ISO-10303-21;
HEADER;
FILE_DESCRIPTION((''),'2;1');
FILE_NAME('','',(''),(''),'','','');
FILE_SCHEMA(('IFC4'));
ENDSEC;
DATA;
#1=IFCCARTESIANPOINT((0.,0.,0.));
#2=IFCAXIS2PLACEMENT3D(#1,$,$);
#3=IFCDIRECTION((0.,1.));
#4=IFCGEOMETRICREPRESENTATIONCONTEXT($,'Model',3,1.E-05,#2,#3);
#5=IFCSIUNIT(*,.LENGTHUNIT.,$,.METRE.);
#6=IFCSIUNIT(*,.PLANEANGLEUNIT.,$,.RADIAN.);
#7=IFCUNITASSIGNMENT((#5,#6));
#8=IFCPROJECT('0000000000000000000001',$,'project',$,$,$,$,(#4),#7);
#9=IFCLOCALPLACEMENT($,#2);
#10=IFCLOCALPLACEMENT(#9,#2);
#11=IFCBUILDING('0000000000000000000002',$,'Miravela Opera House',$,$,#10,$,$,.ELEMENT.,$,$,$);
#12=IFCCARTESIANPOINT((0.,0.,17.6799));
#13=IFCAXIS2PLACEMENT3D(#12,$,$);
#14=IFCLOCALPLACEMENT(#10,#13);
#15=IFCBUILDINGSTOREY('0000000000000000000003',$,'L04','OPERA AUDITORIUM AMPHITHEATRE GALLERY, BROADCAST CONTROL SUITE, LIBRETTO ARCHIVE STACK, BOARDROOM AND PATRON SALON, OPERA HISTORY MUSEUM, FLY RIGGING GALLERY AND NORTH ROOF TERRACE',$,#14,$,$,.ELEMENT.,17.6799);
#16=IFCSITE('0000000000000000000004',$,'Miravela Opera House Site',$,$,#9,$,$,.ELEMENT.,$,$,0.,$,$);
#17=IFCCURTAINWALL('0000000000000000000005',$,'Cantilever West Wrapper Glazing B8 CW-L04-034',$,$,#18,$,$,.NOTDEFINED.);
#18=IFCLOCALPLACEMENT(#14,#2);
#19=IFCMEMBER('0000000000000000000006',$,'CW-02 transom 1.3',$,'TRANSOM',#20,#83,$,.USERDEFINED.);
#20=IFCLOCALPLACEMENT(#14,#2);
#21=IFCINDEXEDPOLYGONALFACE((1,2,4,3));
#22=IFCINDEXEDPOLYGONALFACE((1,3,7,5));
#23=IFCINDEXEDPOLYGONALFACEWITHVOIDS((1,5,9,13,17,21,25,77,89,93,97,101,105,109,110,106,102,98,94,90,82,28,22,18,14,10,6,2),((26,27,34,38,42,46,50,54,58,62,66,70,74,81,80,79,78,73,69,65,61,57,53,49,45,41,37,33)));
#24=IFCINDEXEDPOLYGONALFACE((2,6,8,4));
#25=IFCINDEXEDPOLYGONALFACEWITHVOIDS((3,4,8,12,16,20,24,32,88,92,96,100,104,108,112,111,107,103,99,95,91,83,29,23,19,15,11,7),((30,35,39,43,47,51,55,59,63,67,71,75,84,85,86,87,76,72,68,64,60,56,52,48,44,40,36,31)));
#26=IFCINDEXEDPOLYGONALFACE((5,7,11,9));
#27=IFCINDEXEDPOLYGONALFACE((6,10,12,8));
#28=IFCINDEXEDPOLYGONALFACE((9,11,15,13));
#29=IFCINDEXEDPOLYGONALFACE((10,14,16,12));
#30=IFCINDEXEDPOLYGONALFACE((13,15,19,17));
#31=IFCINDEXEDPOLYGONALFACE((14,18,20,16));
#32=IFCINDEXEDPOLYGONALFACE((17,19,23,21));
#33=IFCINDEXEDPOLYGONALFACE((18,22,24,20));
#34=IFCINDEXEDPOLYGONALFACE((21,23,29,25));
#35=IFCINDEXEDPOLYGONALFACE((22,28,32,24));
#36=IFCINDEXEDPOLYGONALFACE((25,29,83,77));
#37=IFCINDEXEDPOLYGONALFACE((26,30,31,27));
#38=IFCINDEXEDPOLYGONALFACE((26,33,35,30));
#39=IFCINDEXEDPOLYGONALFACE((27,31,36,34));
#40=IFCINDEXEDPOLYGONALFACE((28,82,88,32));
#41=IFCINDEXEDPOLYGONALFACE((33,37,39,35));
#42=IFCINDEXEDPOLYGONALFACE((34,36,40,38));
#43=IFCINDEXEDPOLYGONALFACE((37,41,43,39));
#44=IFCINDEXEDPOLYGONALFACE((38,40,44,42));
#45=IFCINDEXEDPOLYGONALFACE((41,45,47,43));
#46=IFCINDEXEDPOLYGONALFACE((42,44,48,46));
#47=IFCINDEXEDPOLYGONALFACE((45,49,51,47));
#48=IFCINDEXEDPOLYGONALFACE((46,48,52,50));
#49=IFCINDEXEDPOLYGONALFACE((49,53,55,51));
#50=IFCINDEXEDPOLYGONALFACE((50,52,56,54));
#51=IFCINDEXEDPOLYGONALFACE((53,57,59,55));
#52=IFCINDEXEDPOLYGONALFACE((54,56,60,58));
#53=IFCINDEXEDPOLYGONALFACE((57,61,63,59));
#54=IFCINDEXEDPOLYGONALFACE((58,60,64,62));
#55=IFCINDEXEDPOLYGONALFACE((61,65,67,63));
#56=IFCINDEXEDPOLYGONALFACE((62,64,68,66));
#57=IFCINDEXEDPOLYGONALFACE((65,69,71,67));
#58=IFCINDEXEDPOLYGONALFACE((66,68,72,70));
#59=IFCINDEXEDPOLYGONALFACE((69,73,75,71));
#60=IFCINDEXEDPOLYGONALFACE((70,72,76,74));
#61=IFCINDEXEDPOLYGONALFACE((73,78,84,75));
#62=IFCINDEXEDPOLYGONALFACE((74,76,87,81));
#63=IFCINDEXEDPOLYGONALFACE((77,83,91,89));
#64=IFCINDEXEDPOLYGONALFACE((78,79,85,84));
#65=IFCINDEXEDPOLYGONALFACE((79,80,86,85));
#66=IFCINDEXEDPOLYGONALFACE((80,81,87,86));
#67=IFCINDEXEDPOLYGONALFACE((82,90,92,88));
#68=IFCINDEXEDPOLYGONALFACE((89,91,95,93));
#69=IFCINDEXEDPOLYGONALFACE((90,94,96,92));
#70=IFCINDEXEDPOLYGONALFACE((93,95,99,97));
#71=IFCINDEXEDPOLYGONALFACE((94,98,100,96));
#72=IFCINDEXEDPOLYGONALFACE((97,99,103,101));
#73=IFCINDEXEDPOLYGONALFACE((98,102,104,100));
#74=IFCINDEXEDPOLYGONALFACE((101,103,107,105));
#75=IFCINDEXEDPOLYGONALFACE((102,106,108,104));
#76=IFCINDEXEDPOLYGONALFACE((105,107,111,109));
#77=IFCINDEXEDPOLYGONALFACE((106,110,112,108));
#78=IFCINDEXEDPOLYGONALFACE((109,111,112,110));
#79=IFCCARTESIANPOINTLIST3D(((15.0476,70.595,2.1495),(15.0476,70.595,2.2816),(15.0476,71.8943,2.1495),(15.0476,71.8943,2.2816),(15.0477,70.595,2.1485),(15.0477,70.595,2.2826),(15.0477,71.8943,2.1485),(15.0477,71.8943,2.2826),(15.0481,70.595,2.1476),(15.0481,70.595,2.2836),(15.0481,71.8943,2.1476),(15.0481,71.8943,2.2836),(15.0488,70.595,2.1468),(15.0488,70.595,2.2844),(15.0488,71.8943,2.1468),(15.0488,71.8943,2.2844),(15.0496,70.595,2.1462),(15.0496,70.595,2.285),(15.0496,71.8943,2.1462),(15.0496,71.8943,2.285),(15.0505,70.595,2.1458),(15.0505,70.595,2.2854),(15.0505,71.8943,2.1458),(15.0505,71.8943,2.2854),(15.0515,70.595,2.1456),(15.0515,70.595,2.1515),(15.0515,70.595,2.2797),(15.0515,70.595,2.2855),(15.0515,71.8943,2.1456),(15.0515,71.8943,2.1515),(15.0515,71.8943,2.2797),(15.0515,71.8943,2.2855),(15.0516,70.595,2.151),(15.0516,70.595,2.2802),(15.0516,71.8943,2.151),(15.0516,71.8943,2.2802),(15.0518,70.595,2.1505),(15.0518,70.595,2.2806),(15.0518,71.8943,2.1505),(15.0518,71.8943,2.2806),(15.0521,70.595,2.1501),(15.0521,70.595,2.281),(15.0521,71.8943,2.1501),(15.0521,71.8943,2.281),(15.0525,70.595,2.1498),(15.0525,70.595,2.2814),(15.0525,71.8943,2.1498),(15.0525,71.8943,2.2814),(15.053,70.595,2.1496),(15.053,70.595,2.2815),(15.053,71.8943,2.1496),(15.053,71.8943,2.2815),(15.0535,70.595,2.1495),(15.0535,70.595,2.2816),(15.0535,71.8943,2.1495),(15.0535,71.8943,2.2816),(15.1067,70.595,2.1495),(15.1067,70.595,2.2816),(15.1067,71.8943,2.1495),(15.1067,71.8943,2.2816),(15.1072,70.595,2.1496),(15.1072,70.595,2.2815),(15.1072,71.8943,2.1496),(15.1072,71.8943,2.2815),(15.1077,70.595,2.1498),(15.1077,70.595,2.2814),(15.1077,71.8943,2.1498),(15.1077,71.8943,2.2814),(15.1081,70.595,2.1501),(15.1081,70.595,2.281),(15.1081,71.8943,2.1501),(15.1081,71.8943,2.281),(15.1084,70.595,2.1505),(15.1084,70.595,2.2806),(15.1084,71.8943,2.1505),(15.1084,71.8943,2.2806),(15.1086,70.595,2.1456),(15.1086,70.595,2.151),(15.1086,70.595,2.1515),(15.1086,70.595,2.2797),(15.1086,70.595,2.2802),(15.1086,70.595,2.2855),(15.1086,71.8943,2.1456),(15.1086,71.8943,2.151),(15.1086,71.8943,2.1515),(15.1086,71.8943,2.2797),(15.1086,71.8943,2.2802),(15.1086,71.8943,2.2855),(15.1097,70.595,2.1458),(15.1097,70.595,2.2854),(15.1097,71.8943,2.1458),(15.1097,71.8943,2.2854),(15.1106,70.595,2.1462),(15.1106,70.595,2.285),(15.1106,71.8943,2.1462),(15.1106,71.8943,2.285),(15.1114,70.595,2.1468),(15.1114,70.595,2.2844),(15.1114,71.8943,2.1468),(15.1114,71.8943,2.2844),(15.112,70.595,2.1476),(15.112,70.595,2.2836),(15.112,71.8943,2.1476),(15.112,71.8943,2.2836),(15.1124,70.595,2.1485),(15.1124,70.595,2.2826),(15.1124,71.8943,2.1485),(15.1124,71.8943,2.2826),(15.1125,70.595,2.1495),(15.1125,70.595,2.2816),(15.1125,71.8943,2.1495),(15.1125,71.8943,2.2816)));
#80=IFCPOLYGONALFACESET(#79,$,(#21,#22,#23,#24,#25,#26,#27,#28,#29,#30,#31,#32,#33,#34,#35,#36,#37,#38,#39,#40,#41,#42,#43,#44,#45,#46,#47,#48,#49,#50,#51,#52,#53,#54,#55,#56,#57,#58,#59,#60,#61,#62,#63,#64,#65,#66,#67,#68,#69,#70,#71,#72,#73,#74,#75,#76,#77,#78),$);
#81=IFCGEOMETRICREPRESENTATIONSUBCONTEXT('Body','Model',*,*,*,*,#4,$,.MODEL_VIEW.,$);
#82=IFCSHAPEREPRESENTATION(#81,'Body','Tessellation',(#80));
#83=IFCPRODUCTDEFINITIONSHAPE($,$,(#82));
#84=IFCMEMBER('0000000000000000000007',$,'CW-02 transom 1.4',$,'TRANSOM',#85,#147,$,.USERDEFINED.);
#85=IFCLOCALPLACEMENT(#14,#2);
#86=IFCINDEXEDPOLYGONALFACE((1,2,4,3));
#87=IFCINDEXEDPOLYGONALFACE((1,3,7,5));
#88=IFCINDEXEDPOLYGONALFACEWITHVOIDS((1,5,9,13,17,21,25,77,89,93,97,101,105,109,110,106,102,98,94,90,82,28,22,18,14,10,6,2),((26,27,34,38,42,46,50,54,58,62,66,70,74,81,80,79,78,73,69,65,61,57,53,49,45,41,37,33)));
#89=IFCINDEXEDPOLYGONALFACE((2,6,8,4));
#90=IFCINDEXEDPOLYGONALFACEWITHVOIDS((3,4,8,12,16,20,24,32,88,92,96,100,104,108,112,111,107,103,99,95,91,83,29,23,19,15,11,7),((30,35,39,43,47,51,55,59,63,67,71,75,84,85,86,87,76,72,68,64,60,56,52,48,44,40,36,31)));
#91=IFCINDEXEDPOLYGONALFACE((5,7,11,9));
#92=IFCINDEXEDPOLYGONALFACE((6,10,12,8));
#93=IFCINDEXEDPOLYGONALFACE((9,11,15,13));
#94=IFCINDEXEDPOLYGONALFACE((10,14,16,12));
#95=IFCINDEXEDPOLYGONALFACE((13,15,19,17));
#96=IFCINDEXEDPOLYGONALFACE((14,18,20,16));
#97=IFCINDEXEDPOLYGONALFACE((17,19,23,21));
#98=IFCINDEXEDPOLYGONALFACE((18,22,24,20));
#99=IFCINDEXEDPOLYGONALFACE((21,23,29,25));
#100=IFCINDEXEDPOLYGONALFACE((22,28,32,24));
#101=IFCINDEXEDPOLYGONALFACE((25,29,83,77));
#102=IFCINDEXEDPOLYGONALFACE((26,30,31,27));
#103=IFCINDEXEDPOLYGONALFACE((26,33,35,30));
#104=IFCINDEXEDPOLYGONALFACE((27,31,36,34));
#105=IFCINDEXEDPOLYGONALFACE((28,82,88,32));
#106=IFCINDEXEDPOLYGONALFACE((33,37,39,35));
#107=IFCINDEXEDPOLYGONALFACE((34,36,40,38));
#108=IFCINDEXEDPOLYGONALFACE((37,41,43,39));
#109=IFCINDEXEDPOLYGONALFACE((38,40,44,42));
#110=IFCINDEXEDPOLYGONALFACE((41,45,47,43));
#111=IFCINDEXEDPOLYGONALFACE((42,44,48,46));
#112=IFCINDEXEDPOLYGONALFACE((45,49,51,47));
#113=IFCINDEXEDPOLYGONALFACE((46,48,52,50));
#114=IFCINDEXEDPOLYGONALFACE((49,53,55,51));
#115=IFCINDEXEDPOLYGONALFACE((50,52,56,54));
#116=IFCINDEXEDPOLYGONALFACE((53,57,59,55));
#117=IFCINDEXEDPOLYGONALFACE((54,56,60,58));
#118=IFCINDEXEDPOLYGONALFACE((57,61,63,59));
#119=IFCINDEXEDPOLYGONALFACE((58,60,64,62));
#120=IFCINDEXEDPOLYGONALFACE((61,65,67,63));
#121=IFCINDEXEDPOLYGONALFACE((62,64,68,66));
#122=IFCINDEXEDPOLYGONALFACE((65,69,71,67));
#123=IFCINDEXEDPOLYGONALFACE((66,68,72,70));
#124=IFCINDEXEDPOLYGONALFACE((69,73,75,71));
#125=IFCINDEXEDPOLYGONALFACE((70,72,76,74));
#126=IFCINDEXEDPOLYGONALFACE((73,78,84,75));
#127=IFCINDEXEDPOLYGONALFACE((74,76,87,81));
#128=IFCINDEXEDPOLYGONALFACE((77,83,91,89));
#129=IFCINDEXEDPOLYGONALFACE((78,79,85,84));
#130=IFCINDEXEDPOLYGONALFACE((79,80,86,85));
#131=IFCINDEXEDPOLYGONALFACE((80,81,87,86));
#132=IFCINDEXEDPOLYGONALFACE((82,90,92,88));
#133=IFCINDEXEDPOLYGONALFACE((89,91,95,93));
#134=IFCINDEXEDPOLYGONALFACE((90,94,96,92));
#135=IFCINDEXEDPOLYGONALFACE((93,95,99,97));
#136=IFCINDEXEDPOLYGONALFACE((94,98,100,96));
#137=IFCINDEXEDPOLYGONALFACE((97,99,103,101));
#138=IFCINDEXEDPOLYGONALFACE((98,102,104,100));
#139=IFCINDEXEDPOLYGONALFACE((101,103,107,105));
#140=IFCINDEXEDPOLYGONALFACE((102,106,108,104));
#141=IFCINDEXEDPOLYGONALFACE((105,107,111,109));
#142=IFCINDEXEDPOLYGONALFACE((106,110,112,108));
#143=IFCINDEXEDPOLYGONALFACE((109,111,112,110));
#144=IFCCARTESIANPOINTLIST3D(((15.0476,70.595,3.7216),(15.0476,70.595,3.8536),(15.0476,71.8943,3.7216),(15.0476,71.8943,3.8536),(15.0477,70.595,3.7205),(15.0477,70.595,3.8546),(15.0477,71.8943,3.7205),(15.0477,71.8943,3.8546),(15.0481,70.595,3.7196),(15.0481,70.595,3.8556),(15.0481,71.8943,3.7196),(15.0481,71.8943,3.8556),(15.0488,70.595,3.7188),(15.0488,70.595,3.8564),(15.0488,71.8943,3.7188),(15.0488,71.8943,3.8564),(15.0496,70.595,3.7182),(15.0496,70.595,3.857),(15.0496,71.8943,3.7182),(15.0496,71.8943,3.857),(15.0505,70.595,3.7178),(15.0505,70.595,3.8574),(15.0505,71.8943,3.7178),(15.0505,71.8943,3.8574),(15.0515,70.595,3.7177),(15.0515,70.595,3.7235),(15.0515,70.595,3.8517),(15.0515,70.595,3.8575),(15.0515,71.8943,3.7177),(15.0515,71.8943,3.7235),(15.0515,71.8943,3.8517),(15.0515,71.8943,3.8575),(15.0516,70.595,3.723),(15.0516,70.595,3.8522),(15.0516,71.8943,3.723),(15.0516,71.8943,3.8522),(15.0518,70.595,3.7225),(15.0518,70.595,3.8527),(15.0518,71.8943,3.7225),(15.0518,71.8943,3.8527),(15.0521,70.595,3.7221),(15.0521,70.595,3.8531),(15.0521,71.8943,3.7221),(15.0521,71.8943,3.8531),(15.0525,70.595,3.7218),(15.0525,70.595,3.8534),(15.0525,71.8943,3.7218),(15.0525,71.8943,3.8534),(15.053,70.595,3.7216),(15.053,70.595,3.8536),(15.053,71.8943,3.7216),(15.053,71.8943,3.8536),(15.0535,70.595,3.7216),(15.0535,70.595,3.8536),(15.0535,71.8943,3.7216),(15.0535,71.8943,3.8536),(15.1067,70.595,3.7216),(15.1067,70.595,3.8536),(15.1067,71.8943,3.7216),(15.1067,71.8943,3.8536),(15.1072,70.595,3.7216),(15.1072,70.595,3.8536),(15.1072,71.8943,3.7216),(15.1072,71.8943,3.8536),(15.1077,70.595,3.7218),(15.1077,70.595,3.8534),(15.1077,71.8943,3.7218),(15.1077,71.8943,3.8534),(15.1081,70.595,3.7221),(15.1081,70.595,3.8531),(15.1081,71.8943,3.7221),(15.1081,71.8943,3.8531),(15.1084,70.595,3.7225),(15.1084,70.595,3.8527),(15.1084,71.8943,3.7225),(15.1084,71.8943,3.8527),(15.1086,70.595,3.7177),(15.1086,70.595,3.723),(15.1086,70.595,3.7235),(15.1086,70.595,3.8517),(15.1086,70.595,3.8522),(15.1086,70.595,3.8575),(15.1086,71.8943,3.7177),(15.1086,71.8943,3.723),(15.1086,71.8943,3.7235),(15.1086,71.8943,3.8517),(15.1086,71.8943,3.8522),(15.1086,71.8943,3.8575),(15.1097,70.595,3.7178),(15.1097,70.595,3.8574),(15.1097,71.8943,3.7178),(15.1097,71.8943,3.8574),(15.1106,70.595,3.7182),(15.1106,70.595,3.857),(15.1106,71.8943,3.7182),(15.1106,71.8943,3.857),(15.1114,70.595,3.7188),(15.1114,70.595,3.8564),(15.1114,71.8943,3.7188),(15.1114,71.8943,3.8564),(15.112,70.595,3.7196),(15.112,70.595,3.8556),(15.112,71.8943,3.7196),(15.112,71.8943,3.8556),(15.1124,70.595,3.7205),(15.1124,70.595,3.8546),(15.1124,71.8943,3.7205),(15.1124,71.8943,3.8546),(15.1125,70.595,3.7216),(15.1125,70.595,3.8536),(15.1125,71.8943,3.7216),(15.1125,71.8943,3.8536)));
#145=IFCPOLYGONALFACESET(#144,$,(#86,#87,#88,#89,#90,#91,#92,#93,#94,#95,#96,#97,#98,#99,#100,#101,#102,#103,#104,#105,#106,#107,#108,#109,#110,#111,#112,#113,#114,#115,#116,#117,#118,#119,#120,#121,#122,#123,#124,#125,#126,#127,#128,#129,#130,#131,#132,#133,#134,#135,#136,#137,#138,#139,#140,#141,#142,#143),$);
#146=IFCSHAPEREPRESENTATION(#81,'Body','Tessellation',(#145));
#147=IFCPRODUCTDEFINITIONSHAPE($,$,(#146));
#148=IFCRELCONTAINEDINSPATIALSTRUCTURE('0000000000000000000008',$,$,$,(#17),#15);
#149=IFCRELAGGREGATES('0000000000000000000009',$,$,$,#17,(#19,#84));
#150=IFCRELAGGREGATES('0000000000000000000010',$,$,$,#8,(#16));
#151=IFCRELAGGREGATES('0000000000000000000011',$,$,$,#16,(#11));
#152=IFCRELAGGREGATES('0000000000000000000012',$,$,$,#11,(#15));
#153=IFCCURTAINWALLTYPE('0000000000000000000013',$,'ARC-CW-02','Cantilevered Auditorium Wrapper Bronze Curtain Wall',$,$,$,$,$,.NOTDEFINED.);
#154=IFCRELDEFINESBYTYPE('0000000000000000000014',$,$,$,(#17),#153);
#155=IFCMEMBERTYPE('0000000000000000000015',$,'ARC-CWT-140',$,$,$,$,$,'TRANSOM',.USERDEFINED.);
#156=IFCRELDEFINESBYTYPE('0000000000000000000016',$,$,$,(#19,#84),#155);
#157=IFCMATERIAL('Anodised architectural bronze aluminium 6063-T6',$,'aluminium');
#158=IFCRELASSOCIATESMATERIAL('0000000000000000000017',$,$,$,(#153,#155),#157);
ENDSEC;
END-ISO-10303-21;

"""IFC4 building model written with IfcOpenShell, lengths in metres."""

from ifc_helpers import new_model, si_unit, direction, frame, origin, origin_2d, place, context, subcontext, project, spatial, hollow_rectangle, extrude, material, material_profile, profile_set, type_object, element, aggregate, save


model = new_model("IFC4")

# Units and contexts
model_context = context("Model", 3, precision=1e-05, world=origin(), true_north=direction((0.0, 1.0)))
body_context = subcontext(model_context, "Body", "Model", "MODEL_VIEW")
ifc_project = project(units=[si_unit("LENGTHUNIT", "METRE"), si_unit("PLANEANGLEUNIT", "RADIAN")], contexts=[model_context])

# Site, building, storey
site_placement = place(None, origin())
site = spatial("IfcSite", under=ifc_project, at=site_placement, Name="Miravela Opera House Site", CompositionType="ELEMENT", RefElevation=0.0)
building_placement = place(site_placement, origin())
building = spatial("IfcBuilding", under=site, at=building_placement, Name="Miravela Opera House", CompositionType="ELEMENT")
storey_placement = place(building_placement, frame((0.0, 0.0, 17.6799)))
storey = spatial("IfcBuildingStorey", under=building, at=storey_placement, Name="L04", Description="OPERA AUDITORIUM AMPHITHEATRE GALLERY, BROADCAST CONTROL SUITE, LIBRETTO ARCHIVE STACK, BOARDROOM AND PATRON SALON, OPERA HISTORY MUSEUM, FLY RIGGING GALLERY AND NORTH ROOF TERRACE", CompositionType="ELEMENT", Elevation=17.6799)

# Shared definitions
ifc_material_1 = material(Name="Anodised architectural bronze aluminium 6063-T6", Category="aluminium")
curtain_wall_type = type_object("IfcCurtainWallType", Name="ARC-CW-02", Description="Cantilevered Auditorium Wrapper Bronze Curtain Wall", PredefinedType="NOTDEFINED", material=ifc_material_1)

# Curtain wall
curtain_wall_1_placement = place(storey_placement, origin())
curtain_wall_1 = element("IfcCurtainWall", 1, at=curtain_wall_1_placement, inside=storey, type_object=curtain_wall_type, Name="Cantilever West Wrapper Glazing B8 CW-L04-034", PredefinedType="NOTDEFINED")

# Members
ifc_material_profile_1 = material_profile(ifc_material_1, hollow_rectangle(XDim=0.0649, YDim=0.1399, WallThickness=0.0039, InnerFilletRadius=0.002, OuterFilletRadius=0.0039, at=origin_2d()), Name="CWT-65X140")
ifc_profile_set_1 = profile_set([ifc_material_profile_1])
member_type_1 = type_object("IfcMemberType", Name="ARC-CWT-140", ElementType="TRANSOM", PredefinedType="USERDEFINED", material=ifc_profile_set_1)
member_1_placement = place(storey_placement, frame((15.0801, 70.595, 2.2156), z_axis=(0.0, 1.0, 0.0), x_axis=(-1.0, 0.0, 0.0)))
member_1 = element("IfcMember", 2, at=member_1_placement, type_object=member_type_1, Name="CW-02 transom 1.3", ObjectType="TRANSOM", PredefinedType="USERDEFINED", context=body_context, shape_type="SweptSolid", body=[
    extrude(hollow_rectangle(XDim=0.0649, YDim=0.1399, WallThickness=0.0039, InnerFilletRadius=0.002, OuterFilletRadius=0.0039, at=origin_2d()), origin(), (0.0, 0.0, 1.0), 1.2993),
])
member_2_placement = place(storey_placement, frame((15.0801, 70.595, 3.7876), z_axis=(0.0, 1.0, 0.0), x_axis=(-1.0, 0.0, 0.0)))
member_2 = element("IfcMember", 3, at=member_2_placement, type_object=member_type_1, Name="CW-02 transom 1.4", ObjectType="TRANSOM", PredefinedType="USERDEFINED", context=body_context, shape_type="SweptSolid", body=[
    extrude(hollow_rectangle(XDim=0.0649, YDim=0.1399, WallThickness=0.0039, InnerFilletRadius=0.002, OuterFilletRadius=0.0039, at=origin_2d()), origin(), (0.0, 0.0, 1.0), 1.2993),
])

aggregate(curtain_wall_1, [member_1, member_2])

save(model, "model.ifc")
